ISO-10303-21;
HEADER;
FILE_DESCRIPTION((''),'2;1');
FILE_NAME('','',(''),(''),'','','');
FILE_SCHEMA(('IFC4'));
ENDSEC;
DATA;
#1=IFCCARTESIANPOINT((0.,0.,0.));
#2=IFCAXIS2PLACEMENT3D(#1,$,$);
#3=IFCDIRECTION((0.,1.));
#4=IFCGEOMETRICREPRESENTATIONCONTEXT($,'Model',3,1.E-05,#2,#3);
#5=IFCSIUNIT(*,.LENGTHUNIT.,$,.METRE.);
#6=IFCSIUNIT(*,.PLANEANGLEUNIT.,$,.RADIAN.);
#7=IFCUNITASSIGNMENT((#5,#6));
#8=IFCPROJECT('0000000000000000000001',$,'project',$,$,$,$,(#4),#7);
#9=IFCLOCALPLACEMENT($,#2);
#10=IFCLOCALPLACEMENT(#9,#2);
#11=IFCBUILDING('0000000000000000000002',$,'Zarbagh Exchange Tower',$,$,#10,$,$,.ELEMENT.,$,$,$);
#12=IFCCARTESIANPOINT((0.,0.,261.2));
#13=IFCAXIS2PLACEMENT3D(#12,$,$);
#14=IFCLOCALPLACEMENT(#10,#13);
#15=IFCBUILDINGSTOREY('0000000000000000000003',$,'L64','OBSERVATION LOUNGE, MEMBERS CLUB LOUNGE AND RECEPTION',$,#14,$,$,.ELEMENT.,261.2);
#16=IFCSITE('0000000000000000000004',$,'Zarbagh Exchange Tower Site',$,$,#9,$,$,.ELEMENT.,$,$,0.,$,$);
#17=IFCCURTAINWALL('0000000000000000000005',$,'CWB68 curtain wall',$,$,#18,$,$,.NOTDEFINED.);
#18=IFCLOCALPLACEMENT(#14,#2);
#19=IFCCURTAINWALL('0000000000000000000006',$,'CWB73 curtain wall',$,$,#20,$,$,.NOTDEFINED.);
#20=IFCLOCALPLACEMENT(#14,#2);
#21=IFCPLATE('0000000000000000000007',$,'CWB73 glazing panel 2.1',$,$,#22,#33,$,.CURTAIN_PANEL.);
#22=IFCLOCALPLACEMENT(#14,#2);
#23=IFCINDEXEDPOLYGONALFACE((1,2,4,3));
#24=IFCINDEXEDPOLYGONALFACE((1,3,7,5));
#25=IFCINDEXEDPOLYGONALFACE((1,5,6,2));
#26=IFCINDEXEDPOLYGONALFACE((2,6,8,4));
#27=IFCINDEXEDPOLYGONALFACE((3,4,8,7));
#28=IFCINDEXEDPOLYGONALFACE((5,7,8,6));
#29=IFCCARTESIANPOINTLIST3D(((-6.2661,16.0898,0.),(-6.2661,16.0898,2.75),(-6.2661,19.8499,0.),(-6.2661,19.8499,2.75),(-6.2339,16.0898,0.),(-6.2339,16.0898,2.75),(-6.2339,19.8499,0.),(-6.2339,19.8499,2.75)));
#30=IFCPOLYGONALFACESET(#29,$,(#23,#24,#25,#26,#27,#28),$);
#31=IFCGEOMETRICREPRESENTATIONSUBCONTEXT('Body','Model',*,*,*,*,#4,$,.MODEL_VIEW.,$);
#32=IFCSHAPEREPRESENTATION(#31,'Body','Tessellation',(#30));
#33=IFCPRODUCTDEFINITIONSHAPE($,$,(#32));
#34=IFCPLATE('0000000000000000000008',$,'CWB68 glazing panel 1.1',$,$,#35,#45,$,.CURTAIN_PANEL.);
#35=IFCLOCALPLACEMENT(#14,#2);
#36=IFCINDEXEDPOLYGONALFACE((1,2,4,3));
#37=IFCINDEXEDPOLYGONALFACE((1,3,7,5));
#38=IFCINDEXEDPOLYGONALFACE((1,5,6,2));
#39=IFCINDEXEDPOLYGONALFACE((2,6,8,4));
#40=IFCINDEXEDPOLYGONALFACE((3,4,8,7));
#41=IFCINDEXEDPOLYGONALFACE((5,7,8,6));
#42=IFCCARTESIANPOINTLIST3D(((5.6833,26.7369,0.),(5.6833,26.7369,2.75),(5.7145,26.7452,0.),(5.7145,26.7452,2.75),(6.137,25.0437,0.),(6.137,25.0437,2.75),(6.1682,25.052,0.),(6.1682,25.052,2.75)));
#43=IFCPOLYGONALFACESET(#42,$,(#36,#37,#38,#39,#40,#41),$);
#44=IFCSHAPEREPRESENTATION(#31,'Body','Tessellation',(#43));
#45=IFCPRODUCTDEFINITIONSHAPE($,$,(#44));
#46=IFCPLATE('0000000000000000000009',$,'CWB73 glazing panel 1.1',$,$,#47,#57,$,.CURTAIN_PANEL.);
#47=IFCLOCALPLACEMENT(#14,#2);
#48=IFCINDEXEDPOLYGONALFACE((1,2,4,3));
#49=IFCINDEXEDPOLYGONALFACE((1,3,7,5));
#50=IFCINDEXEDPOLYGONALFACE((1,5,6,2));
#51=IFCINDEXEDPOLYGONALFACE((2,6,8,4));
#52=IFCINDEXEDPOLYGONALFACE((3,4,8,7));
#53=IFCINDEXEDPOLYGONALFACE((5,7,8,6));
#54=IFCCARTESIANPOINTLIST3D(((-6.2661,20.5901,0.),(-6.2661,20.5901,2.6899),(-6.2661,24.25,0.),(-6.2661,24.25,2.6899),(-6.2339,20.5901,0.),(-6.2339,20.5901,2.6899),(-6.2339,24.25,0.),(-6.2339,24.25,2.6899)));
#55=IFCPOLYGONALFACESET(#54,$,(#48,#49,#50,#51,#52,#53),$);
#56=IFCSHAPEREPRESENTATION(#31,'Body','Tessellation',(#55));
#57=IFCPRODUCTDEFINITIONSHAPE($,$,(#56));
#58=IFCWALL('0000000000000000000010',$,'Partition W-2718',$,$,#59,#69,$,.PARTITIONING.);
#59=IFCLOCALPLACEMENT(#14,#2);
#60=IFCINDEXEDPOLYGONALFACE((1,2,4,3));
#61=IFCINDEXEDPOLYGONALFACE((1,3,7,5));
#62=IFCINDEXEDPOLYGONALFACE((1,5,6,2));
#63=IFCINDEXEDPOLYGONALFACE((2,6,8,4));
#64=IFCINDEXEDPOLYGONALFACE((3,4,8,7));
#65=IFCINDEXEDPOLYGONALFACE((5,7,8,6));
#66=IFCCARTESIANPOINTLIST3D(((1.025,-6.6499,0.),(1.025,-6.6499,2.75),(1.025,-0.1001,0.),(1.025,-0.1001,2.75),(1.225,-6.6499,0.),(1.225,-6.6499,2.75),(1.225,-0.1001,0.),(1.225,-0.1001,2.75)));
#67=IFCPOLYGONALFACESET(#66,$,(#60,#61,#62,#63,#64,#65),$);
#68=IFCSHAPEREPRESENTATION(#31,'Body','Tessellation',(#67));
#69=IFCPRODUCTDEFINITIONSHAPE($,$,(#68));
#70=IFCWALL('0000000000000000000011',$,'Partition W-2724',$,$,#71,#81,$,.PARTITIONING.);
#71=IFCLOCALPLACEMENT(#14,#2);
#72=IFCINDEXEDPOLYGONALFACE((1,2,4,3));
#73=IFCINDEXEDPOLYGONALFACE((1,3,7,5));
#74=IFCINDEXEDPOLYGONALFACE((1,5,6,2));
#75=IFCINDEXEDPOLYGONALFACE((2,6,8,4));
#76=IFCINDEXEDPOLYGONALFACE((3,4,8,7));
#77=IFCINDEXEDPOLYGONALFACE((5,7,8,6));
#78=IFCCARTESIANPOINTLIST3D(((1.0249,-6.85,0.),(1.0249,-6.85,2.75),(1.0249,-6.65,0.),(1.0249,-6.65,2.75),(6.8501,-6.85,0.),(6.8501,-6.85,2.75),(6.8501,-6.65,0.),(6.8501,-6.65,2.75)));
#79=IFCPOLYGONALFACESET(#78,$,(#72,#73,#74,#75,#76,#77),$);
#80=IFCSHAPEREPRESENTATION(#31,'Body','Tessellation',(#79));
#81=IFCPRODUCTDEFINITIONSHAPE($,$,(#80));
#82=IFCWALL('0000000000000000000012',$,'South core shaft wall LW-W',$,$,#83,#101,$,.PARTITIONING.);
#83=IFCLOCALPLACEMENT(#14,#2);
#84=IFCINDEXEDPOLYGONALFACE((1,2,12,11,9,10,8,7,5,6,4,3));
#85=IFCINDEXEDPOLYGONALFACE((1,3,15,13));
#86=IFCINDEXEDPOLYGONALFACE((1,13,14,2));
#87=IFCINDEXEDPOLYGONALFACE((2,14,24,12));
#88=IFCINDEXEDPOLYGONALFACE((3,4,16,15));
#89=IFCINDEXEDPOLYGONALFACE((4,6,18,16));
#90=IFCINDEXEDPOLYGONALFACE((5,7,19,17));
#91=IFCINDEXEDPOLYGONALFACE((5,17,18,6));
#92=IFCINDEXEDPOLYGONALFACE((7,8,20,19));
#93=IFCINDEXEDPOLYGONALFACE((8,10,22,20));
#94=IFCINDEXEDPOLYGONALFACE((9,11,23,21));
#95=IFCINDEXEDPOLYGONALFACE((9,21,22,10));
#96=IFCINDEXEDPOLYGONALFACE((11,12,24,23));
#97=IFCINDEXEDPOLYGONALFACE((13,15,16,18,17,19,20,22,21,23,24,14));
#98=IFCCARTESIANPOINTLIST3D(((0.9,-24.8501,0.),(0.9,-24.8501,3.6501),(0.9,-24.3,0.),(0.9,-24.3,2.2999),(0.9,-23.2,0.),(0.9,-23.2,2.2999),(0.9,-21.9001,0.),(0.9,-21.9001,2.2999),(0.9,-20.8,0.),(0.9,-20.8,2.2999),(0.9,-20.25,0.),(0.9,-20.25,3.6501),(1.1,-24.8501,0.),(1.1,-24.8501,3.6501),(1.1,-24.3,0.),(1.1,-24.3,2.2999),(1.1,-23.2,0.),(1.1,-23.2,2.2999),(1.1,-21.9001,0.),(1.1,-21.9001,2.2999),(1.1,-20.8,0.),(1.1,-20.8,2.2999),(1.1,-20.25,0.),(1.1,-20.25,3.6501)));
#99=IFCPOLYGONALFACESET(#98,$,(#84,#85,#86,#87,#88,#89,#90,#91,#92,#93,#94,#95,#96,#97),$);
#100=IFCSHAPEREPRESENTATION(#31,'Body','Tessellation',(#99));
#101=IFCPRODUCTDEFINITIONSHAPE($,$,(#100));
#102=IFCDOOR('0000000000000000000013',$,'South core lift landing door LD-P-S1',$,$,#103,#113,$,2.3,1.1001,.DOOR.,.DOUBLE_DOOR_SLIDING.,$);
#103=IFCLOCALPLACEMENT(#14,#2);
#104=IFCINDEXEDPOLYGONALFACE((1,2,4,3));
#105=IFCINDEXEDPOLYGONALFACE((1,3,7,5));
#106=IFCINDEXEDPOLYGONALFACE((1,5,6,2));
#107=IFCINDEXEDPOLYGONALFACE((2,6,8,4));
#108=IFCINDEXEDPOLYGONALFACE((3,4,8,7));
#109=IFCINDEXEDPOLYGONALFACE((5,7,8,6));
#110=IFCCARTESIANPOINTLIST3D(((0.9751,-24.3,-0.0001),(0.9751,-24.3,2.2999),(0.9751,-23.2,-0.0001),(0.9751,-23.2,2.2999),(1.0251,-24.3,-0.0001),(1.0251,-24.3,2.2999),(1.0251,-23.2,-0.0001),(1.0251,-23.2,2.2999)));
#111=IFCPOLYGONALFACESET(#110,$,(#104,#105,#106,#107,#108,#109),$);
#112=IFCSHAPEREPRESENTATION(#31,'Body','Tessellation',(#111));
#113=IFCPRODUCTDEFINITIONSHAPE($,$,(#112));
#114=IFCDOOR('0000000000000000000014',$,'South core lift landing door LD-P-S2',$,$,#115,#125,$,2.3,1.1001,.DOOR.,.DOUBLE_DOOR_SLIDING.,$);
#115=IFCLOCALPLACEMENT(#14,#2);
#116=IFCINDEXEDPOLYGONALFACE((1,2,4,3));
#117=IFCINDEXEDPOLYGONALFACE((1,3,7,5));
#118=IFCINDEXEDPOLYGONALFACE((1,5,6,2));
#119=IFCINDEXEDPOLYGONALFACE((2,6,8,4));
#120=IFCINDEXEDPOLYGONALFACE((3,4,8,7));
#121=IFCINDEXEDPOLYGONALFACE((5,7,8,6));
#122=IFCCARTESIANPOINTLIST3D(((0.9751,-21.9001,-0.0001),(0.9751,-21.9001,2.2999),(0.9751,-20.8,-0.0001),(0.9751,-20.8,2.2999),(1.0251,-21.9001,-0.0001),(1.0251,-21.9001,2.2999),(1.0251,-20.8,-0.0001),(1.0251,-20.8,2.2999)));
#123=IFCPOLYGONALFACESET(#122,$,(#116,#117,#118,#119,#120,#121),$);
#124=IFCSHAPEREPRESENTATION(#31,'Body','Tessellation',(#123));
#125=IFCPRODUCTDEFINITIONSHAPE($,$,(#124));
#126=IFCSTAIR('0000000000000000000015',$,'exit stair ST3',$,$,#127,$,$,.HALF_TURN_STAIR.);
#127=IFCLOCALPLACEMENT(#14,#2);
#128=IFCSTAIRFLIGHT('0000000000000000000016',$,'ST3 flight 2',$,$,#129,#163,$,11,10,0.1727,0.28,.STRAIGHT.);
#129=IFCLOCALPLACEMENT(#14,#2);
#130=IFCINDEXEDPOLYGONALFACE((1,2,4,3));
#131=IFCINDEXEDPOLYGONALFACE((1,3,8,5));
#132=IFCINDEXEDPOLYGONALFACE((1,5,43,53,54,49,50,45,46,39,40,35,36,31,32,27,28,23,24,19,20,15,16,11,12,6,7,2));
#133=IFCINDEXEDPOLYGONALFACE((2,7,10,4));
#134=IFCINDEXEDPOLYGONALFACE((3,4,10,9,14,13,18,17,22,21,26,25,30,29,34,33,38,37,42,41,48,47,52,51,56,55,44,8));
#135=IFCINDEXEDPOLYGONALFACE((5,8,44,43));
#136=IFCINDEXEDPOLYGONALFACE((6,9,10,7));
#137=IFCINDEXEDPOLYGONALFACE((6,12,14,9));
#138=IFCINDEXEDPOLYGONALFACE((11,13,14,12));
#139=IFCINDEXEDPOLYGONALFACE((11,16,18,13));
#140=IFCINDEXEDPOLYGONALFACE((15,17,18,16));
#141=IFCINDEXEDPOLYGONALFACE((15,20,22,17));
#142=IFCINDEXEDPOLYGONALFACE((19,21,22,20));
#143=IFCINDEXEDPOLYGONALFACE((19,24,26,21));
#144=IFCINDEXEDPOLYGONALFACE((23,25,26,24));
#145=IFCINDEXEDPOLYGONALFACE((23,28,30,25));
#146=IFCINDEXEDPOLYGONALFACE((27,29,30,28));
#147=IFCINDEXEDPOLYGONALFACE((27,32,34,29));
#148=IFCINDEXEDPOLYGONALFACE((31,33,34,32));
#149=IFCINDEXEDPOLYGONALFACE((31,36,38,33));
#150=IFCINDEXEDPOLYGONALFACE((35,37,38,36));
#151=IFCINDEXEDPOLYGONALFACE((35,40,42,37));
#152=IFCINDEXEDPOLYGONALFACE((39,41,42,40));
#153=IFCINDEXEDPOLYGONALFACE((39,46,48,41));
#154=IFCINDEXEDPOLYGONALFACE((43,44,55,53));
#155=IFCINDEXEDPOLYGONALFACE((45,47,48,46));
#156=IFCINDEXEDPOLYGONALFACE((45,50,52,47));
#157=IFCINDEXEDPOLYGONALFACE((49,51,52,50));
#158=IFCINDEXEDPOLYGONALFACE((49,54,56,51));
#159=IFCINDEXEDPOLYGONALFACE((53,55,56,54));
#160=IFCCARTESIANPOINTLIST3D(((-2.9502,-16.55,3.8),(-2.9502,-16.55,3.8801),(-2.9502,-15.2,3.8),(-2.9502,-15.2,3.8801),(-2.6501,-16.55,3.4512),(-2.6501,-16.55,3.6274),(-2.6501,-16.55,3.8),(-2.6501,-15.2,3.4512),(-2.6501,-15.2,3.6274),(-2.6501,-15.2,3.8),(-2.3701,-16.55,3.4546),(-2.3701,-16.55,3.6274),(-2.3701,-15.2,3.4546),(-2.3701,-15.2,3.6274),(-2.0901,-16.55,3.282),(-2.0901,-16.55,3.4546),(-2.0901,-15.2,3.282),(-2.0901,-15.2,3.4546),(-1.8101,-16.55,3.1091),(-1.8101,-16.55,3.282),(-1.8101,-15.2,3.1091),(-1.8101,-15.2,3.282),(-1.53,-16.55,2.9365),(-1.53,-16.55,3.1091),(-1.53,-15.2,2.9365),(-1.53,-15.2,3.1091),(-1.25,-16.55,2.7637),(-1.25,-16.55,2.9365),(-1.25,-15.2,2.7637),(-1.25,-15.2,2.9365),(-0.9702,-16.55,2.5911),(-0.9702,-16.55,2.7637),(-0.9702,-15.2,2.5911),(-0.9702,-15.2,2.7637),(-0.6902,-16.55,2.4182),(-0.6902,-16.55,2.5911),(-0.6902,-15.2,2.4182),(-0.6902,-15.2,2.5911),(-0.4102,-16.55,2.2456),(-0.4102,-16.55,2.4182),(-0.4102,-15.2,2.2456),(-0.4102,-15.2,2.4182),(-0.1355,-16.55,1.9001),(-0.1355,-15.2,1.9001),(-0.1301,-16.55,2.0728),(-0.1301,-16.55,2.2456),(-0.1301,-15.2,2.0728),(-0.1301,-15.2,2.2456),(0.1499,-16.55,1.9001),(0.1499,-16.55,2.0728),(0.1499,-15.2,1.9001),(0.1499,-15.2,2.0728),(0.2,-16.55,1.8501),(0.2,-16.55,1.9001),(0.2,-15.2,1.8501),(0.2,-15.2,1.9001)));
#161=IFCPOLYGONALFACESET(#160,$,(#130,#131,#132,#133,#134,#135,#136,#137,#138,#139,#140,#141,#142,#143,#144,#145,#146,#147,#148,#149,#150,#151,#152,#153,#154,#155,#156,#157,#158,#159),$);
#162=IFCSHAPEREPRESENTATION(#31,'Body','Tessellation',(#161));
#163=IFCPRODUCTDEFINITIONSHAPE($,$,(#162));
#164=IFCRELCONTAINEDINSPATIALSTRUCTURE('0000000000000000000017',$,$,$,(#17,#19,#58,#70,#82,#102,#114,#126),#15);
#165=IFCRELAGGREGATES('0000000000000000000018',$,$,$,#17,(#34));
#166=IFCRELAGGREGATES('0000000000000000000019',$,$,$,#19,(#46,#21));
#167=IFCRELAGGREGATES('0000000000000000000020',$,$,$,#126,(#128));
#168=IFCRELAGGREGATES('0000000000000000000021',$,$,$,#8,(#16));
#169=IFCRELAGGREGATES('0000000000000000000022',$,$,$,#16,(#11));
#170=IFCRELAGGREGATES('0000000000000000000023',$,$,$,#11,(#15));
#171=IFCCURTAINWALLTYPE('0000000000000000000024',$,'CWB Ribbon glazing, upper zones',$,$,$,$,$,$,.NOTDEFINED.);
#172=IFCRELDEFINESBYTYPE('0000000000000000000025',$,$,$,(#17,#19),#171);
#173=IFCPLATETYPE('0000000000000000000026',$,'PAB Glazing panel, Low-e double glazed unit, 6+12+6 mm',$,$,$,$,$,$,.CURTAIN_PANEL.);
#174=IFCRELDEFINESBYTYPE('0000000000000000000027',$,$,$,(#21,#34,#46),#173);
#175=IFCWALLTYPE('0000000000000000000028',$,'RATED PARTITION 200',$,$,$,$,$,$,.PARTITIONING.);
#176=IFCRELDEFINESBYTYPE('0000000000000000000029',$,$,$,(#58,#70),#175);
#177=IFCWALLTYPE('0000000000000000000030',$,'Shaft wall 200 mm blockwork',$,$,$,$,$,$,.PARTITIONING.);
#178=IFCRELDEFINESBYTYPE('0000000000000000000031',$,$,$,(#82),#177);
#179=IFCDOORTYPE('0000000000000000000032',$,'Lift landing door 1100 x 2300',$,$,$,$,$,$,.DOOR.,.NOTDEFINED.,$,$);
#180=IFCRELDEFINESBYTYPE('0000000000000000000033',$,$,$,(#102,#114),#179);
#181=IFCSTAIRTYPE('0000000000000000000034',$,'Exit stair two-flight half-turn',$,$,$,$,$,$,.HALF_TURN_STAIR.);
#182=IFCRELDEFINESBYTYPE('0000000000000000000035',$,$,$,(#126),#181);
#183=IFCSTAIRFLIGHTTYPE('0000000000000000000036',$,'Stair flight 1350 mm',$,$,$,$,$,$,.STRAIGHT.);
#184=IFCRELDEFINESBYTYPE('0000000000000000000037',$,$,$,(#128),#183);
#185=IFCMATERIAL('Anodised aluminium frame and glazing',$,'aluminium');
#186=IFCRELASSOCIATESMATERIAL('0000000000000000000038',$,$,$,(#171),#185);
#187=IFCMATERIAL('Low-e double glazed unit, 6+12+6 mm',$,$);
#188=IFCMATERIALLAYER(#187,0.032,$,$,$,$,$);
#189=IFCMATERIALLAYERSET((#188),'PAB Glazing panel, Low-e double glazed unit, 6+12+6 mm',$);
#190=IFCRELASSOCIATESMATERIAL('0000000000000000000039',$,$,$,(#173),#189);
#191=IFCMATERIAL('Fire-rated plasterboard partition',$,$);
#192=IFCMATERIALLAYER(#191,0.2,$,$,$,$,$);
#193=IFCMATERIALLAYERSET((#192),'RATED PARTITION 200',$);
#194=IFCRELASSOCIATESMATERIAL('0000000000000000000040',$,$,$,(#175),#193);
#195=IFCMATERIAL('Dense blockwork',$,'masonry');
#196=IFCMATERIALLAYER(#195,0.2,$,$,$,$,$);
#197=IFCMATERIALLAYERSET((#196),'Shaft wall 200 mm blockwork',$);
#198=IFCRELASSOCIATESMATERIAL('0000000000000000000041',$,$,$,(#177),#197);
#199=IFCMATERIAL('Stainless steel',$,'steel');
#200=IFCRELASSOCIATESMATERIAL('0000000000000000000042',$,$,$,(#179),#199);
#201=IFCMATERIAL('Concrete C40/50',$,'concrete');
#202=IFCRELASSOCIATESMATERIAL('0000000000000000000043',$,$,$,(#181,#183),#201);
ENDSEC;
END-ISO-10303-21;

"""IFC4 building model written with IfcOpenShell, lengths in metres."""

from ifc_helpers import new_model, si_unit, direction, frame, frame_2d, origin, place, context, subcontext, project, spatial, polyline, rectangle, outline, extrude, source, transform, mapped, material, layer, layer_set, type_object, element, fill, aggregate, save


model = new_model("IFC4")

# Units and contexts
model_context = context("Model", 3, precision=1e-05, world=origin(), true_north=direction((0.0, 1.0)))
body_context = subcontext(model_context, "Body", "Model", "MODEL_VIEW")
ifc_project = project(units=[si_unit("LENGTHUNIT", "METRE"), si_unit("PLANEANGLEUNIT", "RADIAN")], contexts=[model_context])

# Site, building, storey
site_placement = place(None, origin())
site = spatial("IfcSite", under=ifc_project, at=site_placement, Name="Zarbagh Exchange Tower Site", CompositionType="ELEMENT", RefElevation=0.0)
building_placement = place(site_placement, origin())
building = spatial("IfcBuilding", under=site, at=building_placement, Name="Zarbagh Exchange Tower", CompositionType="ELEMENT")
storey_placement = place(building_placement, frame((0.0, 0.0, 261.2)))
storey = spatial("IfcBuildingStorey", under=building, at=storey_placement, Name="L64", Description="OBSERVATION LOUNGE, MEMBERS CLUB LOUNGE AND RECEPTION", CompositionType="ELEMENT", Elevation=261.2)

# Curtain wall
ifc_material_1 = material(Name="Anodised aluminium frame and glazing", Category="aluminium")
curtain_wall_type = type_object("IfcCurtainWallType", Name="CWB Ribbon glazing, upper zones", PredefinedType="NOTDEFINED", material=ifc_material_1)
placement = place(storey_placement, origin())
curtain_wall_1_placement = place(storey_placement, origin())
curtain_wall_1 = element("IfcCurtainWall", 1, at=curtain_wall_1_placement, inside=storey, type_object=curtain_wall_type, Name="CWB68 curtain wall", PredefinedType="NOTDEFINED")

# Curtain wall
curtain_wall_2_placement = place(storey_placement, origin())
curtain_wall_2 = element("IfcCurtainWall", 2, at=curtain_wall_2_placement, inside=storey, type_object=curtain_wall_type, Name="CWB73 curtain wall", PredefinedType="NOTDEFINED")

# Shared definitions
ifc_material_2 = material(Name="Low-e double glazed unit, 6+12+6 mm")
ifc_layer_1 = layer(ifc_material_2, 0.032)
ifc_layer_set_1 = layer_set([ifc_layer_1], Name="PAB Glazing panel, Low-e double glazed unit, 6+12+6 mm")
plate_type = type_object("IfcPlateType", Name="PAB Glazing panel, Low-e double glazed unit, 6+12+6 mm", PredefinedType="CURTAIN_PANEL", material=ifc_layer_set_1)

# Plates
shared_shape_1 = source(origin(), body_context, "Body", "SweptSolid", [
    extrude(outline(polyline([(0.0, -0.0161), (3.76, -0.0161), (3.76, 0.0161), (0.0, 0.0161), (0.0, -0.0161)])), origin(), (0.0, 0.0, 1.0), 2.75),
])
plate_1 = element("IfcPlate", 3, at=placement, type_object=plate_type, Name="CWB73 glazing panel 2.1", PredefinedType="CURTAIN_PANEL", context=body_context, shape_type="MappedRepresentation", body=[
    mapped(shared_shape_1, transform((-6.25, 19.8499, 0.0), x_axis=(0.0, -1.0, 0.0), y_axis=(1.0, 0.0, 0.0), z_axis=(0.0, 0.0, 1.0))),
])
shared_shape_2 = source(origin(), body_context, "Body", "SweptSolid", [
    extrude(outline(polyline([(0.0, -0.0161), (1.7529, -0.0161), (1.7529, 0.0161), (0.0, 0.0161), (0.0, -0.0161)])), origin(), (0.0, 0.0, 1.0), 2.75),
])
plate_2 = element("IfcPlate", 4, at=placement, type_object=plate_type, Name="CWB68 glazing panel 1.1", PredefinedType="CURTAIN_PANEL", context=body_context, shape_type="MappedRepresentation", body=[
    mapped(shared_shape_2, transform((6.1526, 25.0479, 0.0), x_axis=(-0.258825, 0.965924, 0.0), y_axis=(-0.965924, -0.258825, 0.0), z_axis=(0.0, 0.0, 1.0))),
])
aggregate(curtain_wall_1, [plate_2])
shared_shape_3 = source(origin(), body_context, "Body", "SweptSolid", [
    extrude(outline(polyline([(0.0, -0.0161), (3.6599, -0.0161), (3.6599, 0.0161), (0.0, 0.0161), (0.0, -0.0161)])), origin(), (0.0, 0.0, 1.0), 2.6899),
])
plate_3 = element("IfcPlate", 5, at=placement, type_object=plate_type, Name="CWB73 glazing panel 1.1", PredefinedType="CURTAIN_PANEL", context=body_context, shape_type="MappedRepresentation", body=[
    mapped(shared_shape_3, transform((-6.25, 24.25, 0.0), x_axis=(0.0, -1.0, 0.0), y_axis=(1.0, 0.0, 0.0), z_axis=(0.0, 0.0, 1.0))),
])
aggregate(curtain_wall_2, [plate_3, plate_1])

# Walls
ifc_material_3 = material(Name="Fire-rated plasterboard partition")
ifc_layer_2 = layer(ifc_material_3, 0.2)
ifc_layer_set_2 = layer_set([ifc_layer_2], Name="RATED PARTITION 200")
wall_type_1 = type_object("IfcWallType", Name="RATED PARTITION 200", PredefinedType="PARTITIONING", material=ifc_layer_set_2)
wall_1_placement = place(storey_placement, frame((1.125, -6.6499, 0.0), z_axis=(0.0, 0.0, 1.0), x_axis=(0.0, 1.0, 0.0)))
element("IfcWall", 6, at=wall_1_placement, inside=storey, type_object=wall_type_1, Name="Partition W-2718", PredefinedType="PARTITIONING", context=body_context, shape_type="SweptSolid", body=[
    extrude(rectangle(XDim=6.5498, YDim=0.2, at=frame_2d((3.2749, 0.0))), origin(), (0.0, 0.0, 1.0), 2.75),
])
wall_2_placement = place(storey_placement, frame((1.0249, -6.75, 0.0), z_axis=(0.0, 0.0, 1.0), x_axis=(1.0, 0.0, 0.0)))
element("IfcWall", 7, at=wall_2_placement, inside=storey, type_object=wall_type_1, Name="Partition W-2724", PredefinedType="PARTITIONING", context=body_context, shape_type="SweptSolid", body=[
    extrude(rectangle(XDim=5.8252, YDim=0.2, at=frame_2d((2.9126, 0.0))), origin(), (0.0, 0.0, 1.0), 2.75),
])

# Wall, openings, doors
ifc_material_4 = material(Name="Dense blockwork", Category="masonry")
ifc_layer_3 = layer(ifc_material_4, 0.2)
ifc_layer_set_3 = layer_set([ifc_layer_3], Name="Shaft wall 200 mm blockwork")
wall_type_2 = type_object("IfcWallType", Name="Shaft wall 200 mm blockwork", PredefinedType="PARTITIONING", material=ifc_layer_set_3)
wall_3_placement = place(storey_placement, frame((1.0, -24.8501, 0.0), z_axis=(0.0, 0.0, 1.0), x_axis=(0.0, 1.0, 0.0)))
wall_3 = element("IfcWall", 8, at=wall_3_placement, inside=storey, type_object=wall_type_2, Name="South core shaft wall LW-W", PredefinedType="PARTITIONING", context=body_context, shape_type="SweptSolid", body=[
    extrude(rectangle(XDim=4.6001, YDim=0.2, at=frame_2d((2.3, 0.0))), origin(), (0.0, 0.0, 1.0), 3.6501),
])
opening_1_placement = place(wall_3_placement, frame((0.55, 0.0, 0.0)))
opening_1 = element("IfcOpeningElement", 9, at=opening_1_placement, cuts=wall_3, PredefinedType="OPENING", context=body_context, shape_type="SweptSolid", body=[
    extrude(rectangle(XDim=1.1001, YDim=2.3, at=frame_2d((0.55, 1.1499))), frame((0.0, 0.1099, 0.0), z_axis=(0.0, -1.0, 0.0), x_axis=(1.0, 0.0, 0.0)), (0.0, 0.0, 1.0), 0.22),
])
opening_2_placement = place(wall_3_placement, frame((2.95, 0.0, 0.0)))
opening_2 = element("IfcOpeningElement", 10, at=opening_2_placement, cuts=wall_3, PredefinedType="OPENING", context=body_context, shape_type="SweptSolid", body=[
    extrude(rectangle(XDim=1.1001, YDim=2.3, at=frame_2d((0.55, 1.1499))), frame((0.0, 0.1099, 0.0), z_axis=(0.0, -1.0, 0.0), x_axis=(1.0, 0.0, 0.0)), (0.0, 0.0, 1.0), 0.22),
])
ifc_material_5 = material(Name="Stainless steel", Category="steel")
door_type = type_object("IfcDoorType", Name="Lift landing door 1100 x 2300", OperationType="NOTDEFINED", PredefinedType="DOOR", material=ifc_material_5)
door_1_placement = place(opening_1_placement, origin())
door_1 = element("IfcDoor", 11, at=door_1_placement, inside=storey, type_object=door_type, Name="South core lift landing door LD-P-S1", OperationType="DOUBLE_DOOR_SLIDING", OverallHeight=2.3, OverallWidth=1.1001, PredefinedType="DOOR", context=body_context, shape_type="SweptSolid", body=[
    extrude(rectangle(XDim=1.1001, YDim=2.3, at=frame_2d((0.55, 1.1499))), frame((0.0, 0.0249, 0.0), z_axis=(0.0, -1.0, 0.0), x_axis=(1.0, 0.0, 0.0)), (0.0, 0.0, 1.0), 0.05),
])
fill(opening_1, door_1)
door_2_placement = place(opening_2_placement, origin())
door_2 = element("IfcDoor", 12, at=door_2_placement, inside=storey, type_object=door_type, Name="South core lift landing door LD-P-S2", OperationType="DOUBLE_DOOR_SLIDING", OverallHeight=2.3, OverallWidth=1.1001, PredefinedType="DOOR", context=body_context, shape_type="SweptSolid", body=[
    extrude(rectangle(XDim=1.1001, YDim=2.3, at=frame_2d((0.55, 1.1499))), frame((0.0, 0.0249, 0.0), z_axis=(0.0, -1.0, 0.0), x_axis=(1.0, 0.0, 0.0)), (0.0, 0.0, 1.0), 0.05),
])
fill(opening_2, door_2)

# Stair, stair flight
ifc_material_6 = material(Name="Concrete C40/50", Category="concrete")
stair_type = type_object("IfcStairType", Name="Exit stair two-flight half-turn", PredefinedType="HALF_TURN_STAIR", material=ifc_material_6)
stair_placement = place(storey_placement, origin())
stair = element("IfcStair", 13, at=stair_placement, inside=storey, type_object=stair_type, Name="exit stair ST3", PredefinedType="HALF_TURN_STAIR")
stair_flight_type = type_object("IfcStairFlightType", Name="Stair flight 1350 mm", PredefinedType="STRAIGHT", material=ifc_material_6)
stair_flight_placement = place(storey_placement, frame((0.1499, -15.875, 1.9001), z_axis=(0.0, 0.0, 1.0), x_axis=(-1.0, 0.0, 0.0)))
stair_flight = element("IfcStairFlight", 14, at=stair_flight_placement, type_object=stair_flight_type, Name="ST3 flight 2", NumberOfRisers=11, NumberOfTreads=10, PredefinedType="STRAIGHT", RiserHeight=0.1727, TreadLength=0.28, context=body_context, shape_type="SweptSolid", body=[
    extrude(outline(polyline([(-0.05, -0.05), (-0.05, 0.0), (0.0, 0.0), (0.0, 0.1726), (0.28, 0.1726), (0.28, 0.3455), (0.5601, 0.3455), (0.5601, 0.5181), (0.8401, 0.5181), (0.8401, 0.6909), (1.1201, 0.6909), (1.1201, 0.8635), (1.3999, 0.8635), (1.3999, 1.0364), (1.6799, 1.0364), (1.6799, 1.209), (1.96, 1.209), (1.96, 1.3818), (2.24, 1.3818), (2.24, 1.5544), (2.52, 1.5544), (2.52, 1.7273), (2.8, 1.7273), (2.8, 1.8999), (3.1001, 1.98), (3.1001, 1.8999), (2.8, 1.551), (0.2854, 0.0), (-0.05, -0.05)])), frame((0.0, 0.675, 0.0), z_axis=(0.0, -1.0, 0.0), x_axis=(1.0, 0.0, 0.0)), (0.0, 0.0, 1.0), 1.3501),
])
aggregate(stair, [stair_flight])

save(model, "model.ifc")
